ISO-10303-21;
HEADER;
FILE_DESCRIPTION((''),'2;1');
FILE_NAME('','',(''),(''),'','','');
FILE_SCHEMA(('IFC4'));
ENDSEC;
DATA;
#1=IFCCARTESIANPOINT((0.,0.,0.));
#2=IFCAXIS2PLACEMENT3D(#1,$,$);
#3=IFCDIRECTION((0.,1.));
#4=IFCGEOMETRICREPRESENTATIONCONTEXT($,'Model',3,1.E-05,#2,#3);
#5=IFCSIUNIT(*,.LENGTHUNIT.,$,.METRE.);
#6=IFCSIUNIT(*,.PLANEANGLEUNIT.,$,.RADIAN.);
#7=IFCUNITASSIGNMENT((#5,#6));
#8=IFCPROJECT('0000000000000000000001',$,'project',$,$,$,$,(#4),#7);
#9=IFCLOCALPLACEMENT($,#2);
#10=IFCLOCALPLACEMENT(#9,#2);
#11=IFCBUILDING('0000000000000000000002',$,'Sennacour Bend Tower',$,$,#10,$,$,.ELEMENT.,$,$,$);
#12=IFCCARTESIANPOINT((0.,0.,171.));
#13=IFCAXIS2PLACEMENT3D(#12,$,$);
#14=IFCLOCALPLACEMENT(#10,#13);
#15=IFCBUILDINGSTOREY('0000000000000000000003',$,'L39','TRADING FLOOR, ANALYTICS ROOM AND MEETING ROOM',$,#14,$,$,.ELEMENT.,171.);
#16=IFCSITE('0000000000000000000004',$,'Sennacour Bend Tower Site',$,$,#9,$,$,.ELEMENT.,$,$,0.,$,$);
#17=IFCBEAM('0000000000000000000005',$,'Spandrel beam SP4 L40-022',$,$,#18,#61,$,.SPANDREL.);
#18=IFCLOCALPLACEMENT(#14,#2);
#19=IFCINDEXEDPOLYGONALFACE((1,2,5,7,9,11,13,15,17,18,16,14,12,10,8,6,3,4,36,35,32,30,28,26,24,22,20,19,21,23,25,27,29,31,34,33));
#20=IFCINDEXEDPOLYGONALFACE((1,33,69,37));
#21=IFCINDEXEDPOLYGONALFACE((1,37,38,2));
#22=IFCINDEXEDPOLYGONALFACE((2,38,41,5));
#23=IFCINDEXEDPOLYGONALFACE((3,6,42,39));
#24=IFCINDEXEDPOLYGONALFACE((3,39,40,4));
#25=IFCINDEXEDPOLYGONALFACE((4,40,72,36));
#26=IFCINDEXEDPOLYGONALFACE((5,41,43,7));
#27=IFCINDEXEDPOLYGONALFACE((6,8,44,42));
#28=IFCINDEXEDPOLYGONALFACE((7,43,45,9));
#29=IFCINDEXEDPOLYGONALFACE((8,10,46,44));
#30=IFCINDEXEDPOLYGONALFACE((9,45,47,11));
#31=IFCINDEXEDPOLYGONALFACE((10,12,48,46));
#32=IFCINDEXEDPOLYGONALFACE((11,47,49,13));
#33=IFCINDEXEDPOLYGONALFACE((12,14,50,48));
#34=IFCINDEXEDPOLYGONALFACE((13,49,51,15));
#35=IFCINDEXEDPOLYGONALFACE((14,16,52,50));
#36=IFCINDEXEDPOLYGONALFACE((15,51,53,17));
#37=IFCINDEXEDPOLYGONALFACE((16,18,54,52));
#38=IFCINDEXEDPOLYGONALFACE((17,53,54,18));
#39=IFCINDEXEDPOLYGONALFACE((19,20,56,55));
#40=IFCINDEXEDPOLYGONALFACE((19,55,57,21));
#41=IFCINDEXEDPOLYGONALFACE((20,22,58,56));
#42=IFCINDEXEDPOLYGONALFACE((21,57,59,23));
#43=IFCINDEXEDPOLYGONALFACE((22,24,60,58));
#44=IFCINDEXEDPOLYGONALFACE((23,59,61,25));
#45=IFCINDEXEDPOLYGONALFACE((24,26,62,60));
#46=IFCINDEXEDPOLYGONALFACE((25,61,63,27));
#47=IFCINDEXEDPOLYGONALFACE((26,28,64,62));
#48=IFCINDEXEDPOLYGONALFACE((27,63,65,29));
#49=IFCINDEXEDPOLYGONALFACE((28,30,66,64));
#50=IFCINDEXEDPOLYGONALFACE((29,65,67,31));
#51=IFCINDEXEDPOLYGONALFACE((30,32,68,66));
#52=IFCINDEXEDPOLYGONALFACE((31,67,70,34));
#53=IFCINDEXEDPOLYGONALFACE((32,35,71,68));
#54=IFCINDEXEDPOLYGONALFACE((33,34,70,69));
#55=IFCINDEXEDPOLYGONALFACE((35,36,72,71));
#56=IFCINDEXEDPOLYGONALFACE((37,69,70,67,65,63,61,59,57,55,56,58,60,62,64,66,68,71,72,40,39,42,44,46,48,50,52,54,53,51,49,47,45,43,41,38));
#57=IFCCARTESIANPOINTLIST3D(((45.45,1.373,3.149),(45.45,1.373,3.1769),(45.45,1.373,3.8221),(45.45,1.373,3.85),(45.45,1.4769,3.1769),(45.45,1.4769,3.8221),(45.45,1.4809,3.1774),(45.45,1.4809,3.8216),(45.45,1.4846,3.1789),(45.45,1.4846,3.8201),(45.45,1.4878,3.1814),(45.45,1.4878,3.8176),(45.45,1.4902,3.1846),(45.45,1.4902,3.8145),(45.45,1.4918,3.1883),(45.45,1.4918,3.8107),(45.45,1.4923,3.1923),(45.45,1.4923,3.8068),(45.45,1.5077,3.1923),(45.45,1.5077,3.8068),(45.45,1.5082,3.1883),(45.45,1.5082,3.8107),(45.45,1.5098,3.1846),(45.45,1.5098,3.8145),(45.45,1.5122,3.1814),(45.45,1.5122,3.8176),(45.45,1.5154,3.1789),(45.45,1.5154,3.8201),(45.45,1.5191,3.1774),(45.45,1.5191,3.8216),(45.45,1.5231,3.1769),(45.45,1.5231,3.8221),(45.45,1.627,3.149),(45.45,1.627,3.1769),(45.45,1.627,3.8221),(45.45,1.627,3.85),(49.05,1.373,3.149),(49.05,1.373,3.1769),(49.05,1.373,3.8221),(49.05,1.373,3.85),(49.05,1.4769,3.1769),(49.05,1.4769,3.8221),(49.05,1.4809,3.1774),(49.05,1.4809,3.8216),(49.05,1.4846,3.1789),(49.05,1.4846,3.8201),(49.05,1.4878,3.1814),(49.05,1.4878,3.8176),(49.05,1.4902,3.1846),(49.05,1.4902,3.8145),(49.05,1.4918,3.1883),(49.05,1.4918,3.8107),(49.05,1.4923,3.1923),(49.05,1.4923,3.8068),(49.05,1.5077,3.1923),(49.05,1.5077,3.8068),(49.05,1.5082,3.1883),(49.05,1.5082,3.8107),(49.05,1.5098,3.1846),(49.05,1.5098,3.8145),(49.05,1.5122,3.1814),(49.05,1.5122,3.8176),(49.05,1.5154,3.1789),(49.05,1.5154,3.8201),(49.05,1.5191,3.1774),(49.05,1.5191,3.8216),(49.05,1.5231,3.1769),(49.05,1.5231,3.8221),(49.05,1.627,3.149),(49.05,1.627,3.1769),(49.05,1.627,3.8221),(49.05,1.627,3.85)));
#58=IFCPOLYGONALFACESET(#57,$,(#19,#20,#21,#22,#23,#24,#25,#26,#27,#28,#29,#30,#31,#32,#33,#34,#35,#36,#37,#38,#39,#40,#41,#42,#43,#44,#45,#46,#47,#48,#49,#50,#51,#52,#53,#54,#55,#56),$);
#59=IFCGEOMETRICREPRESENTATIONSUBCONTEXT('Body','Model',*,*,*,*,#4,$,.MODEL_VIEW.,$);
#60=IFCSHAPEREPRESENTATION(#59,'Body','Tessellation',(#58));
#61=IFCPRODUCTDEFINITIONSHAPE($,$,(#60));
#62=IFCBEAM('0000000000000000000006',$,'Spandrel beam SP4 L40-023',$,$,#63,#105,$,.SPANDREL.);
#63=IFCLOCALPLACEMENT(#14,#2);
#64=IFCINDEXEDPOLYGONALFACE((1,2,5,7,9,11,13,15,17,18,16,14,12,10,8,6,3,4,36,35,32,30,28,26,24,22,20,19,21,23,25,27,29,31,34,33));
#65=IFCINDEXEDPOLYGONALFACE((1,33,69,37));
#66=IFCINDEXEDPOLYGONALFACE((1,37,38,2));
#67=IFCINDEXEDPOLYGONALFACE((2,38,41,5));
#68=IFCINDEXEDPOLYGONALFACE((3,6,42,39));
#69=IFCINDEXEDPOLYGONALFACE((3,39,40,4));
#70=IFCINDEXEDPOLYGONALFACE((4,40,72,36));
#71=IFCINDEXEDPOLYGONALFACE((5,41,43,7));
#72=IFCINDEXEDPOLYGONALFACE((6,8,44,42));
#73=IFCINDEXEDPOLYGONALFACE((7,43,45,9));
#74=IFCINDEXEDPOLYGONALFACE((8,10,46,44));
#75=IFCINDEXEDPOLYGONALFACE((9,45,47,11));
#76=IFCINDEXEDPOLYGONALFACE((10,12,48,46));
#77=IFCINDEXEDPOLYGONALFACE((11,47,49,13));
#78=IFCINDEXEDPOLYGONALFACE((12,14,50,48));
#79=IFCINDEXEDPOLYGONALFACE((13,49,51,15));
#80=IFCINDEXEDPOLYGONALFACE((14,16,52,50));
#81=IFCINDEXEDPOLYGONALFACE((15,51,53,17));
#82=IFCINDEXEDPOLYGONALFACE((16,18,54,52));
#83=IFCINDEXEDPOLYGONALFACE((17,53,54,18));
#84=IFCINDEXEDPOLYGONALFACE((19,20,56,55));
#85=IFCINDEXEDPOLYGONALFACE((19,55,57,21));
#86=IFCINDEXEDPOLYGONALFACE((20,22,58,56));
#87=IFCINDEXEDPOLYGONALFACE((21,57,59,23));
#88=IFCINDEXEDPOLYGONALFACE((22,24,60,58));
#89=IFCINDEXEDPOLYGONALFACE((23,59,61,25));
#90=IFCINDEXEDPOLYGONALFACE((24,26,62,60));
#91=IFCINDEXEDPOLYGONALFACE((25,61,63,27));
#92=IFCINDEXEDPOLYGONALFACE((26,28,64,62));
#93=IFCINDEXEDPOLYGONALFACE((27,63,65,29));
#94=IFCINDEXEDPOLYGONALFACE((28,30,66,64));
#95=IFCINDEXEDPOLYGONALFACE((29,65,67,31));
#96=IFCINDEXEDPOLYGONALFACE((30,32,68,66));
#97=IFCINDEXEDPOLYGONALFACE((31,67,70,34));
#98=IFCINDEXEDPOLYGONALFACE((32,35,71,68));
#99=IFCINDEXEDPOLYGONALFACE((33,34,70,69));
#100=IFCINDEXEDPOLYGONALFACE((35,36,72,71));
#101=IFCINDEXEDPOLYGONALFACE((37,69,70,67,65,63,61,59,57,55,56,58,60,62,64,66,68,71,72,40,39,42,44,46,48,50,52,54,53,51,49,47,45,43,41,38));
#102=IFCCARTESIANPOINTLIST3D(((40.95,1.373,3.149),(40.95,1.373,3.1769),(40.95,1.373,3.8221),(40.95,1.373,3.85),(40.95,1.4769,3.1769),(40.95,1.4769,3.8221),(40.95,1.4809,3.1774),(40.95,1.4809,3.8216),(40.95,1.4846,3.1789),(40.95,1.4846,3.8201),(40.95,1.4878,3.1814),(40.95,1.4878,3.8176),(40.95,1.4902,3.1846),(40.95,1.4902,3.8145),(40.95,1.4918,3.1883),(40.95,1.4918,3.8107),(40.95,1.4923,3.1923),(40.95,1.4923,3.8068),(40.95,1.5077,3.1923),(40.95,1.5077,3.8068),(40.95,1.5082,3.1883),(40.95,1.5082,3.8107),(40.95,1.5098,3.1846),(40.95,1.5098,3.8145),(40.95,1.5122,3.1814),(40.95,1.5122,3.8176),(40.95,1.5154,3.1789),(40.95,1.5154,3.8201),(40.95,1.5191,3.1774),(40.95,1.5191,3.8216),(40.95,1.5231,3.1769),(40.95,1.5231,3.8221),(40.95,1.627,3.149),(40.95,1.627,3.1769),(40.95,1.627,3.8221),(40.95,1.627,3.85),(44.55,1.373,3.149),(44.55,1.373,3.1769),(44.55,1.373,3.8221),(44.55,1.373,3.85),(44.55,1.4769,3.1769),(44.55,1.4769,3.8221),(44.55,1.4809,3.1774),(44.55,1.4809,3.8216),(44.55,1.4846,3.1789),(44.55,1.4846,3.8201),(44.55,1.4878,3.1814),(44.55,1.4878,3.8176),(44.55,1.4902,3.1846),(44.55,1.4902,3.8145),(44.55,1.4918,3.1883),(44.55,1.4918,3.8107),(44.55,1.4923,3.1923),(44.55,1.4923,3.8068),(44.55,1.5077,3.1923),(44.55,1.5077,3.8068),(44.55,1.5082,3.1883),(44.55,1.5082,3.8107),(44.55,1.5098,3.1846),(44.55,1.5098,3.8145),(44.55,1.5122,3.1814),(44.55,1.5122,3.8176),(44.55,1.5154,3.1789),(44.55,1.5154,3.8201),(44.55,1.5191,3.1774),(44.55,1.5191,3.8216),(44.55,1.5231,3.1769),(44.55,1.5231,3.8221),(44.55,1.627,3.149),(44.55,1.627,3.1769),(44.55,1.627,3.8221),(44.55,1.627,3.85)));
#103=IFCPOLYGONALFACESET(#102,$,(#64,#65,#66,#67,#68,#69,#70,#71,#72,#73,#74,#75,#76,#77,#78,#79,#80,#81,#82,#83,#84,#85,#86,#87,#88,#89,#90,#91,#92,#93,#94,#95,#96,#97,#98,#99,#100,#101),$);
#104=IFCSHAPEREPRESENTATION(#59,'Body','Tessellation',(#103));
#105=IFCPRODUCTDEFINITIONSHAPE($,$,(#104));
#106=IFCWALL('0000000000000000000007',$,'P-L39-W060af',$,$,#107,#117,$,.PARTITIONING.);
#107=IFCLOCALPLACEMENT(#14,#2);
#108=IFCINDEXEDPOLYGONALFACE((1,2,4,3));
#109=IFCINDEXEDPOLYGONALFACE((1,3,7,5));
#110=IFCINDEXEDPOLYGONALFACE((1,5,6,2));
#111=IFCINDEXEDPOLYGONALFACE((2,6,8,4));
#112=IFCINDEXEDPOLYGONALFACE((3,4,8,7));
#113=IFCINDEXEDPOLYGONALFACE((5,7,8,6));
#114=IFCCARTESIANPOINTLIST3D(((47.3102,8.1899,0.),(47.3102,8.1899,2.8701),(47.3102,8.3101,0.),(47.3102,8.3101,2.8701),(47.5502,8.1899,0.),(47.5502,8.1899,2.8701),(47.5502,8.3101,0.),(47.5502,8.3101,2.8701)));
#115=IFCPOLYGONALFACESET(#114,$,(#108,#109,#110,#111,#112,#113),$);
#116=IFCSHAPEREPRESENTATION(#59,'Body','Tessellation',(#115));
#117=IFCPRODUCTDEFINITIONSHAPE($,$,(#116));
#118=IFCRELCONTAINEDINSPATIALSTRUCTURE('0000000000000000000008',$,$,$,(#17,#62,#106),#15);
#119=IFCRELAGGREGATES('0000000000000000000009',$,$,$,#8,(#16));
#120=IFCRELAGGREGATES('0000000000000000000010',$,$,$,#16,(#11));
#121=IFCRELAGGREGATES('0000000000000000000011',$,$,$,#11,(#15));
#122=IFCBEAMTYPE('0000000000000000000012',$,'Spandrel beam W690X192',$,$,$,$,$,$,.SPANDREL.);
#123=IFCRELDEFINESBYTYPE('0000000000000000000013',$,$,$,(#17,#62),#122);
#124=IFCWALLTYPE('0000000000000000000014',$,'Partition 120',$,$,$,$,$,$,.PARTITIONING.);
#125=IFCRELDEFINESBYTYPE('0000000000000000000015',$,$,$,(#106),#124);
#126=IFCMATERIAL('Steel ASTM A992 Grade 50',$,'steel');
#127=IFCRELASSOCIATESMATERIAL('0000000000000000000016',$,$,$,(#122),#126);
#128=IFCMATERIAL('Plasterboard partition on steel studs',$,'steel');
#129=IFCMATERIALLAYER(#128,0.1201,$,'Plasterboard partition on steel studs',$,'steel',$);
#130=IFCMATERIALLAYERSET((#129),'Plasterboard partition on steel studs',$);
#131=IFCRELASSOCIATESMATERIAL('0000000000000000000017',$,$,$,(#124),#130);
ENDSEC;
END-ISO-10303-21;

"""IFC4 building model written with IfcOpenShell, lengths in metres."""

from ifc_helpers import new_model, si_unit, direction, frame, frame_2d, origin, origin_2d, place, context, subcontext, project, spatial, rectangle, i_section, extrude, material, layer, layer_set, material_profile, profile_set, type_object, element, save


model = new_model("IFC4")

# Units and contexts
model_context = context("Model", 3, precision=1e-05, world=origin(), true_north=direction((0.0, 1.0)))
body_context = subcontext(model_context, "Body", "Model", "MODEL_VIEW")
ifc_project = project(units=[si_unit("LENGTHUNIT", "METRE"), si_unit("PLANEANGLEUNIT", "RADIAN")], contexts=[model_context])

# Site, building, storey
site_placement = place(None, origin())
site = spatial("IfcSite", under=ifc_project, at=site_placement, Name="Sennacour Bend Tower Site", CompositionType="ELEMENT", RefElevation=0.0)
building_placement = place(site_placement, origin())
building = spatial("IfcBuilding", under=site, at=building_placement, Name="Sennacour Bend Tower", CompositionType="ELEMENT")
storey_placement = place(building_placement, frame((0.0, 0.0, 171.0)))
storey = spatial("IfcBuildingStorey", under=building, at=storey_placement, Name="L39", Description="TRADING FLOOR, ANALYTICS ROOM AND MEETING ROOM", CompositionType="ELEMENT", Elevation=171.0)

# Beams
ifc_material_1 = material(Name="Steel ASTM A992 Grade 50", Category="steel")
ifc_material_profile_1 = material_profile(ifc_material_1, i_section(OverallWidth=0.2539, OverallDepth=0.7009, WebThickness=0.0154, FlangeThickness=0.0278, FilletRadius=0.0154, at=origin_2d()), Name="Steel ASTM A992 Grade 50", Category="steel")
ifc_profile_set_1 = profile_set([ifc_material_profile_1], Name="Steel ASTM A992 Grade 50")
beam_type_1 = type_object("IfcBeamType", Name="Spandrel beam W690X192", PredefinedType="SPANDREL", material=ifc_profile_set_1)
for number, where, z_axis, x_axis, name in (
    (1, (49.05, 1.5, 3.4995), (-1.0, 0.0, 0.0), (0.0, -1.0, 0.0), "Spandrel beam SP4 L40-022"),
    (2, (44.55, 1.5, 3.4995), (-1.0, 0.0, 0.0), (0.0, -1.0, 0.0), "Spandrel beam SP4 L40-023"),
):
    element("IfcBeam", number, at=place(storey_placement, frame(where, z_axis=z_axis, x_axis=x_axis)), inside=storey, type_object=beam_type_1, Name=name, PredefinedType="SPANDREL", context=body_context, shape_type="SweptSolid", body=[
        extrude(i_section(OverallWidth=0.2539, OverallDepth=0.7009, WebThickness=0.0154, FlangeThickness=0.0278, FilletRadius=0.0154, at=origin_2d()), origin(), (0.0, 0.0, 1.0), 3.6001),
    ])

# Wall
ifc_material_2 = material(Name="Plasterboard partition on steel studs", Category="steel")
ifc_layer_1 = layer(ifc_material_2, 0.1201, Name="Plasterboard partition on steel studs", Category="steel")
ifc_layer_set_1 = layer_set([ifc_layer_1], Name="Plasterboard partition on steel studs")
wall_type_1 = type_object("IfcWallType", Name="Partition 120", PredefinedType="PARTITIONING", material=ifc_layer_set_1)
wall_1_placement = place(storey_placement, frame((47.3101, 8.25, 0.0), z_axis=(0.0, 0.0, 1.0), x_axis=(1.0, 0.0, 0.0)))
element("IfcWall", 3, at=wall_1_placement, inside=storey, type_object=wall_type_1, Name="P-L39-W060af", PredefinedType="PARTITIONING", context=body_context, shape_type="SweptSolid", body=[
    extrude(rectangle(XDim=0.24, YDim=0.1201, at=frame_2d((0.1201, 0.0))), origin(), (0.0, 0.0, 1.0), 2.8701),
])

save(model, "model.ifc")
